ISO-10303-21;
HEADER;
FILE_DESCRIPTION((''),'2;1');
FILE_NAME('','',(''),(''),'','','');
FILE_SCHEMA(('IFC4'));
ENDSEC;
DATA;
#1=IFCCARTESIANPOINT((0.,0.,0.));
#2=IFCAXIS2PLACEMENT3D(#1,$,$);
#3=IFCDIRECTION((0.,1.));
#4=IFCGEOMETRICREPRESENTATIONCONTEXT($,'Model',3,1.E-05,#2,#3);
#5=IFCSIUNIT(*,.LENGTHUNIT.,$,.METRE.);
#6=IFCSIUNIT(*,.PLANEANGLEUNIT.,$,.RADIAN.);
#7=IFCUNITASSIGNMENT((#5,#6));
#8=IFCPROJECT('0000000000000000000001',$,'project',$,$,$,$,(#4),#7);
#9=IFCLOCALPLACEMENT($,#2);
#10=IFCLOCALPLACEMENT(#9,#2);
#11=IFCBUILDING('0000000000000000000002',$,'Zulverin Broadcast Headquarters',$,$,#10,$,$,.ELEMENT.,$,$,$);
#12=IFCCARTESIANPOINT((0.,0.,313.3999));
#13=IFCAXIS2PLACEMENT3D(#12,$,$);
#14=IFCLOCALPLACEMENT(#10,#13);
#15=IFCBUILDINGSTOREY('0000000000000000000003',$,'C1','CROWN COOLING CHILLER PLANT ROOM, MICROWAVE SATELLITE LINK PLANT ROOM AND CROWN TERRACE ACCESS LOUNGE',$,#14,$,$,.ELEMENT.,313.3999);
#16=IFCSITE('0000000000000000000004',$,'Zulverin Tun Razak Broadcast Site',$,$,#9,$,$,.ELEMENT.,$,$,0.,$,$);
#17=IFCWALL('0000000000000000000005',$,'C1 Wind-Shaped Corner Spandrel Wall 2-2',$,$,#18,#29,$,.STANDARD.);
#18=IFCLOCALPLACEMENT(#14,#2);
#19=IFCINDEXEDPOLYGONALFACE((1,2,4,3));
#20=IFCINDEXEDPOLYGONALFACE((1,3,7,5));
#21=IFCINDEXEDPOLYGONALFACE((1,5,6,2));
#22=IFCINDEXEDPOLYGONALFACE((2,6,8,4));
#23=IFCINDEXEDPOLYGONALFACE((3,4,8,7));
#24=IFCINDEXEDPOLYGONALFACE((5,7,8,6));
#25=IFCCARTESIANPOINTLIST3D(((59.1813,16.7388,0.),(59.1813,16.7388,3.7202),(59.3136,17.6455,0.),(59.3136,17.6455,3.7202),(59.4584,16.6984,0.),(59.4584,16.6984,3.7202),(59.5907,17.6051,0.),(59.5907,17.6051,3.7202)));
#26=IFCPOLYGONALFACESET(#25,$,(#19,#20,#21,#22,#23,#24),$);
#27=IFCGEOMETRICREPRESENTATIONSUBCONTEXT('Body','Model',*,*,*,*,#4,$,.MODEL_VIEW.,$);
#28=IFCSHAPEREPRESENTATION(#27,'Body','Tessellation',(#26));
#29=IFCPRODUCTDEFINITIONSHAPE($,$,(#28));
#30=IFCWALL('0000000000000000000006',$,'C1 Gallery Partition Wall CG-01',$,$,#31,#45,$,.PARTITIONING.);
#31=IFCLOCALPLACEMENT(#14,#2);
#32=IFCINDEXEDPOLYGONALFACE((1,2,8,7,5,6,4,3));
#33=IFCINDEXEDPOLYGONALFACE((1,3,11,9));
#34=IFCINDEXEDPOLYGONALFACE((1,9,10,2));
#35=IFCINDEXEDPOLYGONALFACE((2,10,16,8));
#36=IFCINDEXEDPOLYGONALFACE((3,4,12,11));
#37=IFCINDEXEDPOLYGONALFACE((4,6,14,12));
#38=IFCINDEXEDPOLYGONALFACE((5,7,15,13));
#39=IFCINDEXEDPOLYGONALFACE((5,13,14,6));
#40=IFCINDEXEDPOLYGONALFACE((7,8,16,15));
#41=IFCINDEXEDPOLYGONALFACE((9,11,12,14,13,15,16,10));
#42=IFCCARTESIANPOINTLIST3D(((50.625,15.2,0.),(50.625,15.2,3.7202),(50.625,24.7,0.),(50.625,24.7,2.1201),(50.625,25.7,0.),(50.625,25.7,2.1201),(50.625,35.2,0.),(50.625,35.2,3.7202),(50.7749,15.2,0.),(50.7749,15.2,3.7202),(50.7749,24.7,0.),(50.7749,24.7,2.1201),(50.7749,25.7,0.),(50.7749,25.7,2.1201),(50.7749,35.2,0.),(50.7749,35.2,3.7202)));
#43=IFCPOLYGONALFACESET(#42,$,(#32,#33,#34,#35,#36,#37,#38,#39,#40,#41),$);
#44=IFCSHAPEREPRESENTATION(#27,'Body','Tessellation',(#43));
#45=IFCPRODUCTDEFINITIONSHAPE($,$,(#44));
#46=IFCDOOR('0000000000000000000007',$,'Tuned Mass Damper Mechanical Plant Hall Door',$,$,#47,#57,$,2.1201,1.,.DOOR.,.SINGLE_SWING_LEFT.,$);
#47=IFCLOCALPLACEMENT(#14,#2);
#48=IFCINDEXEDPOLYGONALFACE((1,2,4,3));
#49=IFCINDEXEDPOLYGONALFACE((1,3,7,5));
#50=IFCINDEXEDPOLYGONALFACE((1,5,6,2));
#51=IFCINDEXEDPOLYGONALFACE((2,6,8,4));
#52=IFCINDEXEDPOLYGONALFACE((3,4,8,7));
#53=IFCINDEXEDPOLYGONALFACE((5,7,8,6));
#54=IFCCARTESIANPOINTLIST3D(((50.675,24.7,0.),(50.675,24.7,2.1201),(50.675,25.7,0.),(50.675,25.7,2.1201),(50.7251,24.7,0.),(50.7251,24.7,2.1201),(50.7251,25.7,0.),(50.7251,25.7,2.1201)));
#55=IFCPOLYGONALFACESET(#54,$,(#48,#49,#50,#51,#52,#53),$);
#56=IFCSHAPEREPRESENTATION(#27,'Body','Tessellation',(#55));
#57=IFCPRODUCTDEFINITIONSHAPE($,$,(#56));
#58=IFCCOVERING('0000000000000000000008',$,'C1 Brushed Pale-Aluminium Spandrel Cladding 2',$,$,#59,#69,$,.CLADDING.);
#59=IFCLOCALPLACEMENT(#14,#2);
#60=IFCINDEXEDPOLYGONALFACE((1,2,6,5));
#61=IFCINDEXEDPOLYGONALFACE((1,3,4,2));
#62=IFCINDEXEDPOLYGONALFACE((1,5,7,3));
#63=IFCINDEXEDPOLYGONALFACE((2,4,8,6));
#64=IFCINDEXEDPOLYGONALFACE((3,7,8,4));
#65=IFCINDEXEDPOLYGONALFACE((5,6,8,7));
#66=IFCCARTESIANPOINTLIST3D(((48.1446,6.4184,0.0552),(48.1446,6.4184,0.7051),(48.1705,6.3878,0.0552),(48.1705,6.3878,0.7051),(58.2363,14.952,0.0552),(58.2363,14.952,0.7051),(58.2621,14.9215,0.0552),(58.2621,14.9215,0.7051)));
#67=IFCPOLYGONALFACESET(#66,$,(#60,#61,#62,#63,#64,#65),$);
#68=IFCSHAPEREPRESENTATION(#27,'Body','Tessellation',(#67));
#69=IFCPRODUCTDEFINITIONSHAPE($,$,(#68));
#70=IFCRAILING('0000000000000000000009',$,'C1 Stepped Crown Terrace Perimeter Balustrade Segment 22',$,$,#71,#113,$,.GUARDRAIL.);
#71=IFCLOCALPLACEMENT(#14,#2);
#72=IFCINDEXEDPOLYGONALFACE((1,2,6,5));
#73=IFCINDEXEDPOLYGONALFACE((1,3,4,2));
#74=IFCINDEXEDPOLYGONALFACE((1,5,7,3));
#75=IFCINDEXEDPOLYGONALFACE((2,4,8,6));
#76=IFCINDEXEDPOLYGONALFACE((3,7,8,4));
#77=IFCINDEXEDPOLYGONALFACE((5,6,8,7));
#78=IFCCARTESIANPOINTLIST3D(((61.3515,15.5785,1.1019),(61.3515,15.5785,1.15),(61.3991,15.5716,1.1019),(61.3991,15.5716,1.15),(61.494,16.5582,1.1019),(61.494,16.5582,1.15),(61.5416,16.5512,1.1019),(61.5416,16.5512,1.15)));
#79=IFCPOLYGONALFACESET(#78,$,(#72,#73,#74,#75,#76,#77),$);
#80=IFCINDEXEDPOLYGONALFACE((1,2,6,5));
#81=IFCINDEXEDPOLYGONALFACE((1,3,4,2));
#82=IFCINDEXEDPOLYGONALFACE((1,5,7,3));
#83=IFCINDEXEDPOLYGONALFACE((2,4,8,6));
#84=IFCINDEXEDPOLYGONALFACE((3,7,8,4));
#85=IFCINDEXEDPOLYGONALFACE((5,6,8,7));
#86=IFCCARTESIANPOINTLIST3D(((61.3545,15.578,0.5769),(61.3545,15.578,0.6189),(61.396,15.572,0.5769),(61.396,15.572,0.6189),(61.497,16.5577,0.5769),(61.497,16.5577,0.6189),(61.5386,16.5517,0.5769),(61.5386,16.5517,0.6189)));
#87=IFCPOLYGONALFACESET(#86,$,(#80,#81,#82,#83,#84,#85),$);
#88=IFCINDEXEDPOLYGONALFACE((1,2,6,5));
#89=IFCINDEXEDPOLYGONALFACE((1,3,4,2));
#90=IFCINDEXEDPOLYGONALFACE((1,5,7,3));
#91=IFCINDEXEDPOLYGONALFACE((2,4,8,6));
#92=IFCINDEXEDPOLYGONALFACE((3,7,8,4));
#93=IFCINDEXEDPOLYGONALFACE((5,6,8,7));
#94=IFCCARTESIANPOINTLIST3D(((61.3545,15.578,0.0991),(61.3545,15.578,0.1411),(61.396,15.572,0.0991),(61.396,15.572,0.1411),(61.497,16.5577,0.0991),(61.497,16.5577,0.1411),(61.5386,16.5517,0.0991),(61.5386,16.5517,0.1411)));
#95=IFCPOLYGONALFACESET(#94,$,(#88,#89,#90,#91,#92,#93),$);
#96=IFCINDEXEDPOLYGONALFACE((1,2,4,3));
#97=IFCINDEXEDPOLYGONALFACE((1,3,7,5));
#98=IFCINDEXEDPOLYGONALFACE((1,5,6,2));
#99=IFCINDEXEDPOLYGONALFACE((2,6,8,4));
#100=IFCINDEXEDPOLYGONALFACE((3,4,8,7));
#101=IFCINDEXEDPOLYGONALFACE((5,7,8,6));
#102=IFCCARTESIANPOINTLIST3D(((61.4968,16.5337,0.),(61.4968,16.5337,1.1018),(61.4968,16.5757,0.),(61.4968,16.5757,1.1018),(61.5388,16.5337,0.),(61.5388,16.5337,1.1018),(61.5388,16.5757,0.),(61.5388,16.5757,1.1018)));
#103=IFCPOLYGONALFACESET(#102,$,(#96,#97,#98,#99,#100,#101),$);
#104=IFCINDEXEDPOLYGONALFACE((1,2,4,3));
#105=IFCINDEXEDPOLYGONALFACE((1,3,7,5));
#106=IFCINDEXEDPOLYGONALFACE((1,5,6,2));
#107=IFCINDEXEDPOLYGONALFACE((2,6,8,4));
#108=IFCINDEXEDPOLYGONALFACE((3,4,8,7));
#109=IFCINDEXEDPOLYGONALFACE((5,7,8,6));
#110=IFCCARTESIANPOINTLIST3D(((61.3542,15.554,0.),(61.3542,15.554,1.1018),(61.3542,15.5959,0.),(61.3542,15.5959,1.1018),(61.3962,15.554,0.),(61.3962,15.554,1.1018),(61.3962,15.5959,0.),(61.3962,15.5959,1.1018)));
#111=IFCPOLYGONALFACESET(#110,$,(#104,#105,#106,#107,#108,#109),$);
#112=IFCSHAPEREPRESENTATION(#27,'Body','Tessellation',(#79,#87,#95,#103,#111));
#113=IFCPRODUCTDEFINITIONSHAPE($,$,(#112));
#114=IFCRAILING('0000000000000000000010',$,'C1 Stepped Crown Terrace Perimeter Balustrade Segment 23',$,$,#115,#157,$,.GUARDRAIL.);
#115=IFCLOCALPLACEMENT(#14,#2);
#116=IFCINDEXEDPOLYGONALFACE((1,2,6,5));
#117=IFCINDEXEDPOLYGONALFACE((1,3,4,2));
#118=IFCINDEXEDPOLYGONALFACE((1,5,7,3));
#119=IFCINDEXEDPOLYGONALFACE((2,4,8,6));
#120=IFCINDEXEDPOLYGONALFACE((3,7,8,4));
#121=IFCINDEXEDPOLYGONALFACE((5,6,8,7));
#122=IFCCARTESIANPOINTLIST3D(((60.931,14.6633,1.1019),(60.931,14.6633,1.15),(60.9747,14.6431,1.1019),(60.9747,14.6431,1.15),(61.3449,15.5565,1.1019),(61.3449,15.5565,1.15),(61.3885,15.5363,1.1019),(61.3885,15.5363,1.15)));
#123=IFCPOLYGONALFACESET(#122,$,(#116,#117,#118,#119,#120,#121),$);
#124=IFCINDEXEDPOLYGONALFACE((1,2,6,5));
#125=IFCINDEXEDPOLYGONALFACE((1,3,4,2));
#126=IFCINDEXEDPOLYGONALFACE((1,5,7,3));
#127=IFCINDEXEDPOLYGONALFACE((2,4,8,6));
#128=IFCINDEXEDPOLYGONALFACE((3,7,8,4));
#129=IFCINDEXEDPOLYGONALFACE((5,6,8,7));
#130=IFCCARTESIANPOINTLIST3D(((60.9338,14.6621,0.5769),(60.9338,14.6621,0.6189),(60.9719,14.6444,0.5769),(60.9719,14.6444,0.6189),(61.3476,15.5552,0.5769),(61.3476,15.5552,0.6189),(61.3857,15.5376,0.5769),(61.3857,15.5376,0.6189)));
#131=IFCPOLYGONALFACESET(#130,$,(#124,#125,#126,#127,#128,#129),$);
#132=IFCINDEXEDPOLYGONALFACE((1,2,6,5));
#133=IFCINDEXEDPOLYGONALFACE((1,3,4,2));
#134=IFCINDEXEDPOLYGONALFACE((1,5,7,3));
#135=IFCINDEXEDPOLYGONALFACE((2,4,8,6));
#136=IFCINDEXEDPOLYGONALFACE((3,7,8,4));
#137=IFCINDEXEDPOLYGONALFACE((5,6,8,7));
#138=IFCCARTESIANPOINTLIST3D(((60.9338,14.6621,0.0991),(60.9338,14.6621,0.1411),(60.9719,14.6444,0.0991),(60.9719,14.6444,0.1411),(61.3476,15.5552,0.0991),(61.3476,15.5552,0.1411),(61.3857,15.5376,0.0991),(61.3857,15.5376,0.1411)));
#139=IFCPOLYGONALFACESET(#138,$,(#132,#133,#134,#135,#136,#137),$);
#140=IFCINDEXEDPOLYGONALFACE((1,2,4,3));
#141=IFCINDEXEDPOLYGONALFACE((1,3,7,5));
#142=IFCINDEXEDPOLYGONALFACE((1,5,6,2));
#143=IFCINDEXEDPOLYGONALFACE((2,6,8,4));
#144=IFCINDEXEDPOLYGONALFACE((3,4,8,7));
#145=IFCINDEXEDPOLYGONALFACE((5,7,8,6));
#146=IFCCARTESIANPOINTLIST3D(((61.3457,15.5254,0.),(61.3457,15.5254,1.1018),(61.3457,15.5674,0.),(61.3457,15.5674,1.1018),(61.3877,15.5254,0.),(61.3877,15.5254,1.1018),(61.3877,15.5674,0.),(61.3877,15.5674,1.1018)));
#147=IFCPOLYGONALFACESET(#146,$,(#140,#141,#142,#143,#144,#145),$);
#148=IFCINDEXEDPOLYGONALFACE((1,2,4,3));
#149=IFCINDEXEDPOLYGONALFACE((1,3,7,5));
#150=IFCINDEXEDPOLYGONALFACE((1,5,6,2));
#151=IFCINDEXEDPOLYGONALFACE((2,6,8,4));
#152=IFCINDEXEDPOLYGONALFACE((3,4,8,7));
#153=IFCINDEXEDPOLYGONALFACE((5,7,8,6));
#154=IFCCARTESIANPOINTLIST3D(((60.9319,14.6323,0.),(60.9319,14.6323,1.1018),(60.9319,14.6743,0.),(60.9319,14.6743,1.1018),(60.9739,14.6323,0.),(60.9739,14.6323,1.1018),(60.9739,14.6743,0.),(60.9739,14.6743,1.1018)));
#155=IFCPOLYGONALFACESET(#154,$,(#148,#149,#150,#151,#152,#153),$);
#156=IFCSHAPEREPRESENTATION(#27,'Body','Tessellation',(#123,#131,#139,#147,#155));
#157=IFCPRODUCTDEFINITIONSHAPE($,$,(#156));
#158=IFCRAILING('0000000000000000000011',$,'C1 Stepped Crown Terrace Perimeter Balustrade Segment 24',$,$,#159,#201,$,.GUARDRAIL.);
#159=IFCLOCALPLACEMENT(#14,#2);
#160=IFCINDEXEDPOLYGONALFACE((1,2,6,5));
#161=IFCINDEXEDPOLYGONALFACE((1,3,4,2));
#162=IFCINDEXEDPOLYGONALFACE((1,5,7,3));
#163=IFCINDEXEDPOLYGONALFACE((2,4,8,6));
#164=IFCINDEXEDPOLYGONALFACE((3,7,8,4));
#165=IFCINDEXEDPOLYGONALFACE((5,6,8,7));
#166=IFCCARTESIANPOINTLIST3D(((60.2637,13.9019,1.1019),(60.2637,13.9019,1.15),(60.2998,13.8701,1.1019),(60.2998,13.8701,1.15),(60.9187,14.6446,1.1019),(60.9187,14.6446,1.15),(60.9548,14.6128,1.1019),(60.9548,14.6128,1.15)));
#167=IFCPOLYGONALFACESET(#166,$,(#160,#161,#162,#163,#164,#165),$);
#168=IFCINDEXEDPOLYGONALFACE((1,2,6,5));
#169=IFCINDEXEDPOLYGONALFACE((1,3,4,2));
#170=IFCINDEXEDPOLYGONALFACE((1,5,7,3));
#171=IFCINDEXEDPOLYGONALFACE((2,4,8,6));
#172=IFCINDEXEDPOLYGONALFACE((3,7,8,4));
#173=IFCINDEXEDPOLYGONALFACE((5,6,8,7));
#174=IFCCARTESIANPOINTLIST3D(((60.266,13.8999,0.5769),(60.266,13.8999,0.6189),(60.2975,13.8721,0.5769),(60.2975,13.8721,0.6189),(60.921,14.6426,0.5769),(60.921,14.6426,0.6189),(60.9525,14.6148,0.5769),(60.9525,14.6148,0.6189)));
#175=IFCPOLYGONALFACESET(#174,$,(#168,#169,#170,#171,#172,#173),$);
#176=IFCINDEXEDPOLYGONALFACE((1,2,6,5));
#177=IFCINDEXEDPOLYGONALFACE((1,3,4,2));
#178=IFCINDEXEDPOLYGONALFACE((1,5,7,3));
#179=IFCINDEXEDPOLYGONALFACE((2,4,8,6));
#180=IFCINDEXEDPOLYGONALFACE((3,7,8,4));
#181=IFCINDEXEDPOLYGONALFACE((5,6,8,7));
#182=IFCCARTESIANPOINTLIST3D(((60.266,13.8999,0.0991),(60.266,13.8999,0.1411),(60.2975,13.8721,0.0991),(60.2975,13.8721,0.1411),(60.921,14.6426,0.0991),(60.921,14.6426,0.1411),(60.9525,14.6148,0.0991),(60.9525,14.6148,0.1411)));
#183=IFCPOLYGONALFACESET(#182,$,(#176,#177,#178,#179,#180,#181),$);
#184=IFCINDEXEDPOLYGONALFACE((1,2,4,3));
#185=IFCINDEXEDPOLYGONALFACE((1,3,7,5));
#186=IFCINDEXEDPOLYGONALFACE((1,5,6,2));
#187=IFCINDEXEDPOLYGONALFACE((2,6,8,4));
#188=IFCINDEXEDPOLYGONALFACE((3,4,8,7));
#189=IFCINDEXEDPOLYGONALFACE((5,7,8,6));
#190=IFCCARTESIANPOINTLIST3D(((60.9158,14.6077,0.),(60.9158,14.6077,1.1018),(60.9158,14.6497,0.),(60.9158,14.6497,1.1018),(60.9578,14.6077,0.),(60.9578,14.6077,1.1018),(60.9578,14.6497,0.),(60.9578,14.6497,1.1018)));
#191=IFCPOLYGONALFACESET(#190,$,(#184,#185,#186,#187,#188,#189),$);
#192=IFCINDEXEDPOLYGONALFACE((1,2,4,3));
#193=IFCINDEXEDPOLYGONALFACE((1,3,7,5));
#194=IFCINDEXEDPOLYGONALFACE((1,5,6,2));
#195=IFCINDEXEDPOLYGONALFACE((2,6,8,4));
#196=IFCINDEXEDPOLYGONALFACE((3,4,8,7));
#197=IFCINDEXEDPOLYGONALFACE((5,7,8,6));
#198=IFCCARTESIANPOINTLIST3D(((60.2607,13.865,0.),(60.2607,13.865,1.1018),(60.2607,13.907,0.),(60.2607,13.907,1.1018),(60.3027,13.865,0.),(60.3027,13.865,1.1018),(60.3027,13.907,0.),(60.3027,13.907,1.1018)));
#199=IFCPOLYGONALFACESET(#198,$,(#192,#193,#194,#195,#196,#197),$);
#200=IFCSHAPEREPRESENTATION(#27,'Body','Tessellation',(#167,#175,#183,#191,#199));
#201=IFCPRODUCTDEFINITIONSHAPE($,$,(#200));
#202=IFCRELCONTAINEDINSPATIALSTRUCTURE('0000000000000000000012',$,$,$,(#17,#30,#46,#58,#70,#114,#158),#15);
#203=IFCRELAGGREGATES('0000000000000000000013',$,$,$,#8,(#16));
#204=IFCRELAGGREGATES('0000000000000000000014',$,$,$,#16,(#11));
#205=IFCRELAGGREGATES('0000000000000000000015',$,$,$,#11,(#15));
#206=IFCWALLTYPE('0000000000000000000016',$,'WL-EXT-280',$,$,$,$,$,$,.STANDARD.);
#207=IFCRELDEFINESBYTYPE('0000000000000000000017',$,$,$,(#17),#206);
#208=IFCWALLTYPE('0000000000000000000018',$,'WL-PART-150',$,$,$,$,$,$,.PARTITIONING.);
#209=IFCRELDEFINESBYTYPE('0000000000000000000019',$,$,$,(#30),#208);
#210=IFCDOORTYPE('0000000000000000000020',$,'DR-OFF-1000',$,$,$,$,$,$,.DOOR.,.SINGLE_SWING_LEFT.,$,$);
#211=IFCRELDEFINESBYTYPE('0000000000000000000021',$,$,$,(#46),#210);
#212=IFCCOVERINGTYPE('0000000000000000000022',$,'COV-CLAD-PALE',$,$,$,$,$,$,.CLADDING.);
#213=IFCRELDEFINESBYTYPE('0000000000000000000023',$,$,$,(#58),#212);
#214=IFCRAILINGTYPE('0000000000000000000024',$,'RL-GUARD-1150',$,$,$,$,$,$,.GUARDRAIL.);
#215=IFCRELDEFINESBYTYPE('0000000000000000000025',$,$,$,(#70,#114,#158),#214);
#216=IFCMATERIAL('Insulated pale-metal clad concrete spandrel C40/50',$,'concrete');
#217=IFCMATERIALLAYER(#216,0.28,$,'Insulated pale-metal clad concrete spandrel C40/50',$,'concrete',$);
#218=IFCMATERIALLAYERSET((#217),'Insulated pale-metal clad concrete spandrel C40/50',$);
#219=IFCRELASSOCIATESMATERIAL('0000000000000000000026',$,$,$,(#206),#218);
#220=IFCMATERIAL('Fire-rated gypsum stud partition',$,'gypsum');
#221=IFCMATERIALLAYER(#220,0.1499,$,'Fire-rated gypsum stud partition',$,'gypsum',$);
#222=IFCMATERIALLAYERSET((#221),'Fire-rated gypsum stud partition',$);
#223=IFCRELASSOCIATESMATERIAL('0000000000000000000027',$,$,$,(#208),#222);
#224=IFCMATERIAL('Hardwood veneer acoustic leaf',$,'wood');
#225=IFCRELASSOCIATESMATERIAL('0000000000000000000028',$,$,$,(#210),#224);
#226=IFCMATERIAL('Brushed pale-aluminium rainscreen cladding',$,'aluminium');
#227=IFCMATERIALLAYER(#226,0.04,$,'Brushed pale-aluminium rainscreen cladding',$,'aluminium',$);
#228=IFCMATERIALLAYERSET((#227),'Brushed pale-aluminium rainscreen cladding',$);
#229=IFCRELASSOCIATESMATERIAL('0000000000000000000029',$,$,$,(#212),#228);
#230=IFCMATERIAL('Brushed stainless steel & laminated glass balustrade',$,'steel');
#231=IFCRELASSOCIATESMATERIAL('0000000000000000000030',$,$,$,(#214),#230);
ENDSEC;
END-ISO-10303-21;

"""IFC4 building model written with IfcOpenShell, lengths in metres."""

from ifc_helpers import new_model, si_unit, direction, frame, frame_2d, origin, origin_2d, place, context, subcontext, project, spatial, rectangle, extrude, material, layer, layer_set, type_object, element, fill, save


model = new_model("IFC4")

# Units and contexts
model_context = context("Model", 3, precision=1e-05, world=origin(), true_north=direction((0.0, 1.0)))
body_context = subcontext(model_context, "Body", "Model", "MODEL_VIEW")
ifc_project = project(units=[si_unit("LENGTHUNIT", "METRE"), si_unit("PLANEANGLEUNIT", "RADIAN")], contexts=[model_context])

# Site, building, storey
site_placement = place(None, origin())
site = spatial("IfcSite", under=ifc_project, at=site_placement, Name="Zulverin Tun Razak Broadcast Site", CompositionType="ELEMENT", RefElevation=0.0)
building_placement = place(site_placement, origin())
building = spatial("IfcBuilding", under=site, at=building_placement, Name="Zulverin Broadcast Headquarters", CompositionType="ELEMENT")
storey_placement = place(building_placement, frame((0.0, 0.0, 313.3999)))
storey = spatial("IfcBuildingStorey", under=building, at=storey_placement, Name="C1", Description="CROWN COOLING CHILLER PLANT ROOM, MICROWAVE SATELLITE LINK PLANT ROOM AND CROWN TERRACE ACCESS LOUNGE", CompositionType="ELEMENT", Elevation=313.3999)

# Wall
ifc_material_1 = material(Name="Insulated pale-metal clad concrete spandrel C40/50", Category="concrete")
ifc_layer_1 = layer(ifc_material_1, 0.28, Name="Insulated pale-metal clad concrete spandrel C40/50", Category="concrete")
ifc_layer_set_1 = layer_set([ifc_layer_1], Name="Insulated pale-metal clad concrete spandrel C40/50")
wall_type_1 = type_object("IfcWallType", Name="WL-EXT-280", PredefinedType="STANDARD", material=ifc_layer_set_1)
wall_1_placement = place(storey_placement, frame((59.3198, 16.7188, 0.0), z_axis=(0.0, 0.0, 1.0), x_axis=(0.144405, 0.989519, 0.0)))
element("IfcWall", 1, at=wall_1_placement, inside=storey, type_object=wall_type_1, Name="C1 Wind-Shaped Corner Spandrel Wall 2-2", PredefinedType="STANDARD", context=body_context, shape_type="SweptSolid", body=[
    extrude(rectangle(XDim=0.9163, YDim=0.28, at=frame_2d((0.458, 0.0))), origin(), (0.0, 0.0, 1.0), 3.7202),
])

# Wall, opening, door
ifc_material_2 = material(Name="Fire-rated gypsum stud partition", Category="gypsum")
ifc_layer_2 = layer(ifc_material_2, 0.1499, Name="Fire-rated gypsum stud partition", Category="gypsum")
ifc_layer_set_2 = layer_set([ifc_layer_2], Name="Fire-rated gypsum stud partition")
wall_type_2 = type_object("IfcWallType", Name="WL-PART-150", PredefinedType="PARTITIONING", material=ifc_layer_set_2)
wall_2_placement = place(storey_placement, frame((50.7, 15.2, 0.0), z_axis=(0.0, 0.0, 1.0), x_axis=(0.0, 1.0, 0.0)))
wall_2 = element("IfcWall", 2, at=wall_2_placement, inside=storey, type_object=wall_type_2, Name="C1 Gallery Partition Wall CG-01", PredefinedType="PARTITIONING", context=body_context, shape_type="SweptSolid", body=[
    extrude(rectangle(XDim=20.0, YDim=0.1499, at=frame_2d((10.0, 0.0))), origin(), (0.0, 0.0, 1.0), 3.7202),
])
opening_placement = place(wall_2_placement, frame((9.5, 0.0, 0.0)))
opening = element("IfcOpeningElement", 3, at=opening_placement, cuts=wall_2, PredefinedType="OPENING", context=body_context, shape_type="SweptSolid", body=[
    extrude(rectangle(XDim=1.0, YDim=2.1201, at=frame_2d((0.5, 1.0601))), frame((0.0, 0.085, 0.0), z_axis=(0.0, -1.0, 0.0), x_axis=(1.0, 0.0, 0.0)), (0.0, 0.0, 1.0), 0.1699),
])
ifc_material_3 = material(Name="Hardwood veneer acoustic leaf", Category="wood")
door_type = type_object("IfcDoorType", Name="DR-OFF-1000", OperationType="SINGLE_SWING_LEFT", PredefinedType="DOOR", material=ifc_material_3)
door_placement = place(opening_placement, origin())
door = element("IfcDoor", 4, at=door_placement, inside=storey, type_object=door_type, Name="Tuned Mass Damper Mechanical Plant Hall Door", OperationType="SINGLE_SWING_LEFT", OverallHeight=2.1201, OverallWidth=1.0, PredefinedType="DOOR", context=body_context, shape_type="SweptSolid", body=[
    extrude(rectangle(XDim=1.0, YDim=2.1201, at=frame_2d((0.5, 1.0601))), frame((0.0, 0.0249, 0.0), z_axis=(0.0, -1.0, 0.0), x_axis=(1.0, 0.0, 0.0)), (0.0, 0.0, 1.0), 0.05),
])
fill(opening, door)

# Covering
ifc_material_4 = material(Name="Brushed pale-aluminium rainscreen cladding", Category="aluminium")
ifc_layer_3 = layer(ifc_material_4, 0.04, Name="Brushed pale-aluminium rainscreen cladding", Category="aluminium")
ifc_layer_set_3 = layer_set([ifc_layer_3], Name="Brushed pale-aluminium rainscreen cladding")
covering_type = type_object("IfcCoveringType", Name="COV-CLAD-PALE", PredefinedType="CLADDING", material=ifc_layer_set_3)
covering_placement = place(storey_placement, frame((53.2034, 10.6699, 0.0552), z_axis=(0.0, 0.0, 1.0), x_axis=(0.763588, 0.645704, 0.0)))
element("IfcCovering", 5, at=covering_placement, inside=storey, type_object=covering_type, Name="C1 Brushed Pale-Aluminium Spandrel Cladding 2", PredefinedType="CLADDING", context=body_context, shape_type="SweptSolid", body=[
    extrude(rectangle(XDim=13.2161, YDim=0.04, at=origin_2d()), origin(), (0.0, 0.0, 1.0), 0.6499),
])

# Railings
ifc_material_5 = material(Name="Brushed stainless steel & laminated glass balustrade", Category="steel")
railing_type = type_object("IfcRailingType", Name="RL-GUARD-1150", PredefinedType="GUARDRAIL", material=ifc_material_5)
railing_1_placement = place(storey_placement, frame((61.5178, 16.5547, 0.0)))
element("IfcRailing", 6, at=railing_1_placement, inside=storey, type_object=railing_type, Name="C1 Stepped Crown Terrace Perimeter Balustrade Segment 22", PredefinedType="GUARDRAIL", context=body_context, shape_type="SweptSolid", body=[
    extrude(rectangle(XDim=0.0481, YDim=0.0481, at=origin_2d()), frame((0.0, 0.0, 1.126), z_axis=(-0.14401, -0.989576, 0.0), x_axis=(0.989576, -0.14401, 0.0)), (0.0, 0.0, 1.0), 0.99),
    extrude(rectangle(XDim=0.042, YDim=0.042, at=origin_2d()), frame((0.0, 0.0, 0.5979), z_axis=(-0.14401, -0.989576, 0.0), x_axis=(0.989576, -0.14401, 0.0)), (0.0, 0.0, 1.0), 0.99),
    extrude(rectangle(XDim=0.042, YDim=0.042, at=origin_2d()), frame((0.0, 0.0, 0.1201), z_axis=(-0.14401, -0.989576, 0.0), x_axis=(0.989576, -0.14401, 0.0)), (0.0, 0.0, 1.0), 0.99),
    extrude(rectangle(XDim=0.042, YDim=0.042, at=origin_2d()), origin(), (0.0, 0.0, 1.0), 1.1018),
    extrude(rectangle(XDim=0.042, YDim=0.042, at=origin_2d()), frame((-0.1426, -0.9797, 0.0)), (0.0, 0.0, 1.0), 1.1018),
])
railing_2_placement = place(storey_placement, frame((61.3667, 15.5464, 0.0)))
element("IfcRailing", 7, at=railing_2_placement, inside=storey, type_object=railing_type, Name="C1 Stepped Crown Terrace Perimeter Balustrade Segment 23", PredefinedType="GUARDRAIL", context=body_context, shape_type="SweptSolid", body=[
    extrude(rectangle(XDim=0.0481, YDim=0.0481, at=origin_2d()), frame((0.0, 0.0, 1.126), z_axis=(-0.420426, -0.907327, 0.0), x_axis=(0.907327, -0.420426, 0.0)), (0.0, 0.0, 1.0), 0.9844),
    extrude(rectangle(XDim=0.042, YDim=0.042, at=origin_2d()), frame((0.0, 0.0, 0.5979), z_axis=(-0.420426, -0.907327, 0.0), x_axis=(0.907327, -0.420426, 0.0)), (0.0, 0.0, 1.0), 0.9844),
    extrude(rectangle(XDim=0.042, YDim=0.042, at=origin_2d()), frame((0.0, 0.0, 0.1201), z_axis=(-0.420426, -0.907327, 0.0), x_axis=(0.907327, -0.420426, 0.0)), (0.0, 0.0, 1.0), 0.9844),
    extrude(rectangle(XDim=0.042, YDim=0.042, at=origin_2d()), origin(), (0.0, 0.0, 1.0), 1.1018),
    extrude(rectangle(XDim=0.042, YDim=0.042, at=origin_2d()), frame((-0.4138, -0.8931, 0.0)), (0.0, 0.0, 1.0), 1.1018),
])
railing_3_placement = place(storey_placement, frame((60.9368, 14.6287, 0.0)))
element("IfcRailing", 8, at=railing_3_placement, inside=storey, type_object=railing_type, Name="C1 Stepped Crown Terrace Perimeter Balustrade Segment 24", PredefinedType="GUARDRAIL", context=body_context, shape_type="SweptSolid", body=[
    extrude(rectangle(XDim=0.0481, YDim=0.0481, at=origin_2d()), frame((0.0, 0.0, 1.126), z_axis=(-0.661467, -0.749975, 0.0), x_axis=(0.749975, -0.661467, 0.0)), (0.0, 0.0, 1.0), 0.9902),
    extrude(rectangle(XDim=0.042, YDim=0.042, at=origin_2d()), frame((0.0, 0.0, 0.5979), z_axis=(-0.661467, -0.749975, 0.0), x_axis=(0.749975, -0.661467, 0.0)), (0.0, 0.0, 1.0), 0.9902),
    extrude(rectangle(XDim=0.042, YDim=0.042, at=origin_2d()), frame((0.0, 0.0, 0.1201), z_axis=(-0.661467, -0.749975, 0.0), x_axis=(0.749975, -0.661467, 0.0)), (0.0, 0.0, 1.0), 0.9902),
    extrude(rectangle(XDim=0.042, YDim=0.042, at=origin_2d()), origin(), (0.0, 0.0, 1.0), 1.1018),
    extrude(rectangle(XDim=0.042, YDim=0.042, at=origin_2d()), frame((-0.655, -0.7427, 0.0)), (0.0, 0.0, 1.0), 1.1018),
])

save(model, "model.ifc")
